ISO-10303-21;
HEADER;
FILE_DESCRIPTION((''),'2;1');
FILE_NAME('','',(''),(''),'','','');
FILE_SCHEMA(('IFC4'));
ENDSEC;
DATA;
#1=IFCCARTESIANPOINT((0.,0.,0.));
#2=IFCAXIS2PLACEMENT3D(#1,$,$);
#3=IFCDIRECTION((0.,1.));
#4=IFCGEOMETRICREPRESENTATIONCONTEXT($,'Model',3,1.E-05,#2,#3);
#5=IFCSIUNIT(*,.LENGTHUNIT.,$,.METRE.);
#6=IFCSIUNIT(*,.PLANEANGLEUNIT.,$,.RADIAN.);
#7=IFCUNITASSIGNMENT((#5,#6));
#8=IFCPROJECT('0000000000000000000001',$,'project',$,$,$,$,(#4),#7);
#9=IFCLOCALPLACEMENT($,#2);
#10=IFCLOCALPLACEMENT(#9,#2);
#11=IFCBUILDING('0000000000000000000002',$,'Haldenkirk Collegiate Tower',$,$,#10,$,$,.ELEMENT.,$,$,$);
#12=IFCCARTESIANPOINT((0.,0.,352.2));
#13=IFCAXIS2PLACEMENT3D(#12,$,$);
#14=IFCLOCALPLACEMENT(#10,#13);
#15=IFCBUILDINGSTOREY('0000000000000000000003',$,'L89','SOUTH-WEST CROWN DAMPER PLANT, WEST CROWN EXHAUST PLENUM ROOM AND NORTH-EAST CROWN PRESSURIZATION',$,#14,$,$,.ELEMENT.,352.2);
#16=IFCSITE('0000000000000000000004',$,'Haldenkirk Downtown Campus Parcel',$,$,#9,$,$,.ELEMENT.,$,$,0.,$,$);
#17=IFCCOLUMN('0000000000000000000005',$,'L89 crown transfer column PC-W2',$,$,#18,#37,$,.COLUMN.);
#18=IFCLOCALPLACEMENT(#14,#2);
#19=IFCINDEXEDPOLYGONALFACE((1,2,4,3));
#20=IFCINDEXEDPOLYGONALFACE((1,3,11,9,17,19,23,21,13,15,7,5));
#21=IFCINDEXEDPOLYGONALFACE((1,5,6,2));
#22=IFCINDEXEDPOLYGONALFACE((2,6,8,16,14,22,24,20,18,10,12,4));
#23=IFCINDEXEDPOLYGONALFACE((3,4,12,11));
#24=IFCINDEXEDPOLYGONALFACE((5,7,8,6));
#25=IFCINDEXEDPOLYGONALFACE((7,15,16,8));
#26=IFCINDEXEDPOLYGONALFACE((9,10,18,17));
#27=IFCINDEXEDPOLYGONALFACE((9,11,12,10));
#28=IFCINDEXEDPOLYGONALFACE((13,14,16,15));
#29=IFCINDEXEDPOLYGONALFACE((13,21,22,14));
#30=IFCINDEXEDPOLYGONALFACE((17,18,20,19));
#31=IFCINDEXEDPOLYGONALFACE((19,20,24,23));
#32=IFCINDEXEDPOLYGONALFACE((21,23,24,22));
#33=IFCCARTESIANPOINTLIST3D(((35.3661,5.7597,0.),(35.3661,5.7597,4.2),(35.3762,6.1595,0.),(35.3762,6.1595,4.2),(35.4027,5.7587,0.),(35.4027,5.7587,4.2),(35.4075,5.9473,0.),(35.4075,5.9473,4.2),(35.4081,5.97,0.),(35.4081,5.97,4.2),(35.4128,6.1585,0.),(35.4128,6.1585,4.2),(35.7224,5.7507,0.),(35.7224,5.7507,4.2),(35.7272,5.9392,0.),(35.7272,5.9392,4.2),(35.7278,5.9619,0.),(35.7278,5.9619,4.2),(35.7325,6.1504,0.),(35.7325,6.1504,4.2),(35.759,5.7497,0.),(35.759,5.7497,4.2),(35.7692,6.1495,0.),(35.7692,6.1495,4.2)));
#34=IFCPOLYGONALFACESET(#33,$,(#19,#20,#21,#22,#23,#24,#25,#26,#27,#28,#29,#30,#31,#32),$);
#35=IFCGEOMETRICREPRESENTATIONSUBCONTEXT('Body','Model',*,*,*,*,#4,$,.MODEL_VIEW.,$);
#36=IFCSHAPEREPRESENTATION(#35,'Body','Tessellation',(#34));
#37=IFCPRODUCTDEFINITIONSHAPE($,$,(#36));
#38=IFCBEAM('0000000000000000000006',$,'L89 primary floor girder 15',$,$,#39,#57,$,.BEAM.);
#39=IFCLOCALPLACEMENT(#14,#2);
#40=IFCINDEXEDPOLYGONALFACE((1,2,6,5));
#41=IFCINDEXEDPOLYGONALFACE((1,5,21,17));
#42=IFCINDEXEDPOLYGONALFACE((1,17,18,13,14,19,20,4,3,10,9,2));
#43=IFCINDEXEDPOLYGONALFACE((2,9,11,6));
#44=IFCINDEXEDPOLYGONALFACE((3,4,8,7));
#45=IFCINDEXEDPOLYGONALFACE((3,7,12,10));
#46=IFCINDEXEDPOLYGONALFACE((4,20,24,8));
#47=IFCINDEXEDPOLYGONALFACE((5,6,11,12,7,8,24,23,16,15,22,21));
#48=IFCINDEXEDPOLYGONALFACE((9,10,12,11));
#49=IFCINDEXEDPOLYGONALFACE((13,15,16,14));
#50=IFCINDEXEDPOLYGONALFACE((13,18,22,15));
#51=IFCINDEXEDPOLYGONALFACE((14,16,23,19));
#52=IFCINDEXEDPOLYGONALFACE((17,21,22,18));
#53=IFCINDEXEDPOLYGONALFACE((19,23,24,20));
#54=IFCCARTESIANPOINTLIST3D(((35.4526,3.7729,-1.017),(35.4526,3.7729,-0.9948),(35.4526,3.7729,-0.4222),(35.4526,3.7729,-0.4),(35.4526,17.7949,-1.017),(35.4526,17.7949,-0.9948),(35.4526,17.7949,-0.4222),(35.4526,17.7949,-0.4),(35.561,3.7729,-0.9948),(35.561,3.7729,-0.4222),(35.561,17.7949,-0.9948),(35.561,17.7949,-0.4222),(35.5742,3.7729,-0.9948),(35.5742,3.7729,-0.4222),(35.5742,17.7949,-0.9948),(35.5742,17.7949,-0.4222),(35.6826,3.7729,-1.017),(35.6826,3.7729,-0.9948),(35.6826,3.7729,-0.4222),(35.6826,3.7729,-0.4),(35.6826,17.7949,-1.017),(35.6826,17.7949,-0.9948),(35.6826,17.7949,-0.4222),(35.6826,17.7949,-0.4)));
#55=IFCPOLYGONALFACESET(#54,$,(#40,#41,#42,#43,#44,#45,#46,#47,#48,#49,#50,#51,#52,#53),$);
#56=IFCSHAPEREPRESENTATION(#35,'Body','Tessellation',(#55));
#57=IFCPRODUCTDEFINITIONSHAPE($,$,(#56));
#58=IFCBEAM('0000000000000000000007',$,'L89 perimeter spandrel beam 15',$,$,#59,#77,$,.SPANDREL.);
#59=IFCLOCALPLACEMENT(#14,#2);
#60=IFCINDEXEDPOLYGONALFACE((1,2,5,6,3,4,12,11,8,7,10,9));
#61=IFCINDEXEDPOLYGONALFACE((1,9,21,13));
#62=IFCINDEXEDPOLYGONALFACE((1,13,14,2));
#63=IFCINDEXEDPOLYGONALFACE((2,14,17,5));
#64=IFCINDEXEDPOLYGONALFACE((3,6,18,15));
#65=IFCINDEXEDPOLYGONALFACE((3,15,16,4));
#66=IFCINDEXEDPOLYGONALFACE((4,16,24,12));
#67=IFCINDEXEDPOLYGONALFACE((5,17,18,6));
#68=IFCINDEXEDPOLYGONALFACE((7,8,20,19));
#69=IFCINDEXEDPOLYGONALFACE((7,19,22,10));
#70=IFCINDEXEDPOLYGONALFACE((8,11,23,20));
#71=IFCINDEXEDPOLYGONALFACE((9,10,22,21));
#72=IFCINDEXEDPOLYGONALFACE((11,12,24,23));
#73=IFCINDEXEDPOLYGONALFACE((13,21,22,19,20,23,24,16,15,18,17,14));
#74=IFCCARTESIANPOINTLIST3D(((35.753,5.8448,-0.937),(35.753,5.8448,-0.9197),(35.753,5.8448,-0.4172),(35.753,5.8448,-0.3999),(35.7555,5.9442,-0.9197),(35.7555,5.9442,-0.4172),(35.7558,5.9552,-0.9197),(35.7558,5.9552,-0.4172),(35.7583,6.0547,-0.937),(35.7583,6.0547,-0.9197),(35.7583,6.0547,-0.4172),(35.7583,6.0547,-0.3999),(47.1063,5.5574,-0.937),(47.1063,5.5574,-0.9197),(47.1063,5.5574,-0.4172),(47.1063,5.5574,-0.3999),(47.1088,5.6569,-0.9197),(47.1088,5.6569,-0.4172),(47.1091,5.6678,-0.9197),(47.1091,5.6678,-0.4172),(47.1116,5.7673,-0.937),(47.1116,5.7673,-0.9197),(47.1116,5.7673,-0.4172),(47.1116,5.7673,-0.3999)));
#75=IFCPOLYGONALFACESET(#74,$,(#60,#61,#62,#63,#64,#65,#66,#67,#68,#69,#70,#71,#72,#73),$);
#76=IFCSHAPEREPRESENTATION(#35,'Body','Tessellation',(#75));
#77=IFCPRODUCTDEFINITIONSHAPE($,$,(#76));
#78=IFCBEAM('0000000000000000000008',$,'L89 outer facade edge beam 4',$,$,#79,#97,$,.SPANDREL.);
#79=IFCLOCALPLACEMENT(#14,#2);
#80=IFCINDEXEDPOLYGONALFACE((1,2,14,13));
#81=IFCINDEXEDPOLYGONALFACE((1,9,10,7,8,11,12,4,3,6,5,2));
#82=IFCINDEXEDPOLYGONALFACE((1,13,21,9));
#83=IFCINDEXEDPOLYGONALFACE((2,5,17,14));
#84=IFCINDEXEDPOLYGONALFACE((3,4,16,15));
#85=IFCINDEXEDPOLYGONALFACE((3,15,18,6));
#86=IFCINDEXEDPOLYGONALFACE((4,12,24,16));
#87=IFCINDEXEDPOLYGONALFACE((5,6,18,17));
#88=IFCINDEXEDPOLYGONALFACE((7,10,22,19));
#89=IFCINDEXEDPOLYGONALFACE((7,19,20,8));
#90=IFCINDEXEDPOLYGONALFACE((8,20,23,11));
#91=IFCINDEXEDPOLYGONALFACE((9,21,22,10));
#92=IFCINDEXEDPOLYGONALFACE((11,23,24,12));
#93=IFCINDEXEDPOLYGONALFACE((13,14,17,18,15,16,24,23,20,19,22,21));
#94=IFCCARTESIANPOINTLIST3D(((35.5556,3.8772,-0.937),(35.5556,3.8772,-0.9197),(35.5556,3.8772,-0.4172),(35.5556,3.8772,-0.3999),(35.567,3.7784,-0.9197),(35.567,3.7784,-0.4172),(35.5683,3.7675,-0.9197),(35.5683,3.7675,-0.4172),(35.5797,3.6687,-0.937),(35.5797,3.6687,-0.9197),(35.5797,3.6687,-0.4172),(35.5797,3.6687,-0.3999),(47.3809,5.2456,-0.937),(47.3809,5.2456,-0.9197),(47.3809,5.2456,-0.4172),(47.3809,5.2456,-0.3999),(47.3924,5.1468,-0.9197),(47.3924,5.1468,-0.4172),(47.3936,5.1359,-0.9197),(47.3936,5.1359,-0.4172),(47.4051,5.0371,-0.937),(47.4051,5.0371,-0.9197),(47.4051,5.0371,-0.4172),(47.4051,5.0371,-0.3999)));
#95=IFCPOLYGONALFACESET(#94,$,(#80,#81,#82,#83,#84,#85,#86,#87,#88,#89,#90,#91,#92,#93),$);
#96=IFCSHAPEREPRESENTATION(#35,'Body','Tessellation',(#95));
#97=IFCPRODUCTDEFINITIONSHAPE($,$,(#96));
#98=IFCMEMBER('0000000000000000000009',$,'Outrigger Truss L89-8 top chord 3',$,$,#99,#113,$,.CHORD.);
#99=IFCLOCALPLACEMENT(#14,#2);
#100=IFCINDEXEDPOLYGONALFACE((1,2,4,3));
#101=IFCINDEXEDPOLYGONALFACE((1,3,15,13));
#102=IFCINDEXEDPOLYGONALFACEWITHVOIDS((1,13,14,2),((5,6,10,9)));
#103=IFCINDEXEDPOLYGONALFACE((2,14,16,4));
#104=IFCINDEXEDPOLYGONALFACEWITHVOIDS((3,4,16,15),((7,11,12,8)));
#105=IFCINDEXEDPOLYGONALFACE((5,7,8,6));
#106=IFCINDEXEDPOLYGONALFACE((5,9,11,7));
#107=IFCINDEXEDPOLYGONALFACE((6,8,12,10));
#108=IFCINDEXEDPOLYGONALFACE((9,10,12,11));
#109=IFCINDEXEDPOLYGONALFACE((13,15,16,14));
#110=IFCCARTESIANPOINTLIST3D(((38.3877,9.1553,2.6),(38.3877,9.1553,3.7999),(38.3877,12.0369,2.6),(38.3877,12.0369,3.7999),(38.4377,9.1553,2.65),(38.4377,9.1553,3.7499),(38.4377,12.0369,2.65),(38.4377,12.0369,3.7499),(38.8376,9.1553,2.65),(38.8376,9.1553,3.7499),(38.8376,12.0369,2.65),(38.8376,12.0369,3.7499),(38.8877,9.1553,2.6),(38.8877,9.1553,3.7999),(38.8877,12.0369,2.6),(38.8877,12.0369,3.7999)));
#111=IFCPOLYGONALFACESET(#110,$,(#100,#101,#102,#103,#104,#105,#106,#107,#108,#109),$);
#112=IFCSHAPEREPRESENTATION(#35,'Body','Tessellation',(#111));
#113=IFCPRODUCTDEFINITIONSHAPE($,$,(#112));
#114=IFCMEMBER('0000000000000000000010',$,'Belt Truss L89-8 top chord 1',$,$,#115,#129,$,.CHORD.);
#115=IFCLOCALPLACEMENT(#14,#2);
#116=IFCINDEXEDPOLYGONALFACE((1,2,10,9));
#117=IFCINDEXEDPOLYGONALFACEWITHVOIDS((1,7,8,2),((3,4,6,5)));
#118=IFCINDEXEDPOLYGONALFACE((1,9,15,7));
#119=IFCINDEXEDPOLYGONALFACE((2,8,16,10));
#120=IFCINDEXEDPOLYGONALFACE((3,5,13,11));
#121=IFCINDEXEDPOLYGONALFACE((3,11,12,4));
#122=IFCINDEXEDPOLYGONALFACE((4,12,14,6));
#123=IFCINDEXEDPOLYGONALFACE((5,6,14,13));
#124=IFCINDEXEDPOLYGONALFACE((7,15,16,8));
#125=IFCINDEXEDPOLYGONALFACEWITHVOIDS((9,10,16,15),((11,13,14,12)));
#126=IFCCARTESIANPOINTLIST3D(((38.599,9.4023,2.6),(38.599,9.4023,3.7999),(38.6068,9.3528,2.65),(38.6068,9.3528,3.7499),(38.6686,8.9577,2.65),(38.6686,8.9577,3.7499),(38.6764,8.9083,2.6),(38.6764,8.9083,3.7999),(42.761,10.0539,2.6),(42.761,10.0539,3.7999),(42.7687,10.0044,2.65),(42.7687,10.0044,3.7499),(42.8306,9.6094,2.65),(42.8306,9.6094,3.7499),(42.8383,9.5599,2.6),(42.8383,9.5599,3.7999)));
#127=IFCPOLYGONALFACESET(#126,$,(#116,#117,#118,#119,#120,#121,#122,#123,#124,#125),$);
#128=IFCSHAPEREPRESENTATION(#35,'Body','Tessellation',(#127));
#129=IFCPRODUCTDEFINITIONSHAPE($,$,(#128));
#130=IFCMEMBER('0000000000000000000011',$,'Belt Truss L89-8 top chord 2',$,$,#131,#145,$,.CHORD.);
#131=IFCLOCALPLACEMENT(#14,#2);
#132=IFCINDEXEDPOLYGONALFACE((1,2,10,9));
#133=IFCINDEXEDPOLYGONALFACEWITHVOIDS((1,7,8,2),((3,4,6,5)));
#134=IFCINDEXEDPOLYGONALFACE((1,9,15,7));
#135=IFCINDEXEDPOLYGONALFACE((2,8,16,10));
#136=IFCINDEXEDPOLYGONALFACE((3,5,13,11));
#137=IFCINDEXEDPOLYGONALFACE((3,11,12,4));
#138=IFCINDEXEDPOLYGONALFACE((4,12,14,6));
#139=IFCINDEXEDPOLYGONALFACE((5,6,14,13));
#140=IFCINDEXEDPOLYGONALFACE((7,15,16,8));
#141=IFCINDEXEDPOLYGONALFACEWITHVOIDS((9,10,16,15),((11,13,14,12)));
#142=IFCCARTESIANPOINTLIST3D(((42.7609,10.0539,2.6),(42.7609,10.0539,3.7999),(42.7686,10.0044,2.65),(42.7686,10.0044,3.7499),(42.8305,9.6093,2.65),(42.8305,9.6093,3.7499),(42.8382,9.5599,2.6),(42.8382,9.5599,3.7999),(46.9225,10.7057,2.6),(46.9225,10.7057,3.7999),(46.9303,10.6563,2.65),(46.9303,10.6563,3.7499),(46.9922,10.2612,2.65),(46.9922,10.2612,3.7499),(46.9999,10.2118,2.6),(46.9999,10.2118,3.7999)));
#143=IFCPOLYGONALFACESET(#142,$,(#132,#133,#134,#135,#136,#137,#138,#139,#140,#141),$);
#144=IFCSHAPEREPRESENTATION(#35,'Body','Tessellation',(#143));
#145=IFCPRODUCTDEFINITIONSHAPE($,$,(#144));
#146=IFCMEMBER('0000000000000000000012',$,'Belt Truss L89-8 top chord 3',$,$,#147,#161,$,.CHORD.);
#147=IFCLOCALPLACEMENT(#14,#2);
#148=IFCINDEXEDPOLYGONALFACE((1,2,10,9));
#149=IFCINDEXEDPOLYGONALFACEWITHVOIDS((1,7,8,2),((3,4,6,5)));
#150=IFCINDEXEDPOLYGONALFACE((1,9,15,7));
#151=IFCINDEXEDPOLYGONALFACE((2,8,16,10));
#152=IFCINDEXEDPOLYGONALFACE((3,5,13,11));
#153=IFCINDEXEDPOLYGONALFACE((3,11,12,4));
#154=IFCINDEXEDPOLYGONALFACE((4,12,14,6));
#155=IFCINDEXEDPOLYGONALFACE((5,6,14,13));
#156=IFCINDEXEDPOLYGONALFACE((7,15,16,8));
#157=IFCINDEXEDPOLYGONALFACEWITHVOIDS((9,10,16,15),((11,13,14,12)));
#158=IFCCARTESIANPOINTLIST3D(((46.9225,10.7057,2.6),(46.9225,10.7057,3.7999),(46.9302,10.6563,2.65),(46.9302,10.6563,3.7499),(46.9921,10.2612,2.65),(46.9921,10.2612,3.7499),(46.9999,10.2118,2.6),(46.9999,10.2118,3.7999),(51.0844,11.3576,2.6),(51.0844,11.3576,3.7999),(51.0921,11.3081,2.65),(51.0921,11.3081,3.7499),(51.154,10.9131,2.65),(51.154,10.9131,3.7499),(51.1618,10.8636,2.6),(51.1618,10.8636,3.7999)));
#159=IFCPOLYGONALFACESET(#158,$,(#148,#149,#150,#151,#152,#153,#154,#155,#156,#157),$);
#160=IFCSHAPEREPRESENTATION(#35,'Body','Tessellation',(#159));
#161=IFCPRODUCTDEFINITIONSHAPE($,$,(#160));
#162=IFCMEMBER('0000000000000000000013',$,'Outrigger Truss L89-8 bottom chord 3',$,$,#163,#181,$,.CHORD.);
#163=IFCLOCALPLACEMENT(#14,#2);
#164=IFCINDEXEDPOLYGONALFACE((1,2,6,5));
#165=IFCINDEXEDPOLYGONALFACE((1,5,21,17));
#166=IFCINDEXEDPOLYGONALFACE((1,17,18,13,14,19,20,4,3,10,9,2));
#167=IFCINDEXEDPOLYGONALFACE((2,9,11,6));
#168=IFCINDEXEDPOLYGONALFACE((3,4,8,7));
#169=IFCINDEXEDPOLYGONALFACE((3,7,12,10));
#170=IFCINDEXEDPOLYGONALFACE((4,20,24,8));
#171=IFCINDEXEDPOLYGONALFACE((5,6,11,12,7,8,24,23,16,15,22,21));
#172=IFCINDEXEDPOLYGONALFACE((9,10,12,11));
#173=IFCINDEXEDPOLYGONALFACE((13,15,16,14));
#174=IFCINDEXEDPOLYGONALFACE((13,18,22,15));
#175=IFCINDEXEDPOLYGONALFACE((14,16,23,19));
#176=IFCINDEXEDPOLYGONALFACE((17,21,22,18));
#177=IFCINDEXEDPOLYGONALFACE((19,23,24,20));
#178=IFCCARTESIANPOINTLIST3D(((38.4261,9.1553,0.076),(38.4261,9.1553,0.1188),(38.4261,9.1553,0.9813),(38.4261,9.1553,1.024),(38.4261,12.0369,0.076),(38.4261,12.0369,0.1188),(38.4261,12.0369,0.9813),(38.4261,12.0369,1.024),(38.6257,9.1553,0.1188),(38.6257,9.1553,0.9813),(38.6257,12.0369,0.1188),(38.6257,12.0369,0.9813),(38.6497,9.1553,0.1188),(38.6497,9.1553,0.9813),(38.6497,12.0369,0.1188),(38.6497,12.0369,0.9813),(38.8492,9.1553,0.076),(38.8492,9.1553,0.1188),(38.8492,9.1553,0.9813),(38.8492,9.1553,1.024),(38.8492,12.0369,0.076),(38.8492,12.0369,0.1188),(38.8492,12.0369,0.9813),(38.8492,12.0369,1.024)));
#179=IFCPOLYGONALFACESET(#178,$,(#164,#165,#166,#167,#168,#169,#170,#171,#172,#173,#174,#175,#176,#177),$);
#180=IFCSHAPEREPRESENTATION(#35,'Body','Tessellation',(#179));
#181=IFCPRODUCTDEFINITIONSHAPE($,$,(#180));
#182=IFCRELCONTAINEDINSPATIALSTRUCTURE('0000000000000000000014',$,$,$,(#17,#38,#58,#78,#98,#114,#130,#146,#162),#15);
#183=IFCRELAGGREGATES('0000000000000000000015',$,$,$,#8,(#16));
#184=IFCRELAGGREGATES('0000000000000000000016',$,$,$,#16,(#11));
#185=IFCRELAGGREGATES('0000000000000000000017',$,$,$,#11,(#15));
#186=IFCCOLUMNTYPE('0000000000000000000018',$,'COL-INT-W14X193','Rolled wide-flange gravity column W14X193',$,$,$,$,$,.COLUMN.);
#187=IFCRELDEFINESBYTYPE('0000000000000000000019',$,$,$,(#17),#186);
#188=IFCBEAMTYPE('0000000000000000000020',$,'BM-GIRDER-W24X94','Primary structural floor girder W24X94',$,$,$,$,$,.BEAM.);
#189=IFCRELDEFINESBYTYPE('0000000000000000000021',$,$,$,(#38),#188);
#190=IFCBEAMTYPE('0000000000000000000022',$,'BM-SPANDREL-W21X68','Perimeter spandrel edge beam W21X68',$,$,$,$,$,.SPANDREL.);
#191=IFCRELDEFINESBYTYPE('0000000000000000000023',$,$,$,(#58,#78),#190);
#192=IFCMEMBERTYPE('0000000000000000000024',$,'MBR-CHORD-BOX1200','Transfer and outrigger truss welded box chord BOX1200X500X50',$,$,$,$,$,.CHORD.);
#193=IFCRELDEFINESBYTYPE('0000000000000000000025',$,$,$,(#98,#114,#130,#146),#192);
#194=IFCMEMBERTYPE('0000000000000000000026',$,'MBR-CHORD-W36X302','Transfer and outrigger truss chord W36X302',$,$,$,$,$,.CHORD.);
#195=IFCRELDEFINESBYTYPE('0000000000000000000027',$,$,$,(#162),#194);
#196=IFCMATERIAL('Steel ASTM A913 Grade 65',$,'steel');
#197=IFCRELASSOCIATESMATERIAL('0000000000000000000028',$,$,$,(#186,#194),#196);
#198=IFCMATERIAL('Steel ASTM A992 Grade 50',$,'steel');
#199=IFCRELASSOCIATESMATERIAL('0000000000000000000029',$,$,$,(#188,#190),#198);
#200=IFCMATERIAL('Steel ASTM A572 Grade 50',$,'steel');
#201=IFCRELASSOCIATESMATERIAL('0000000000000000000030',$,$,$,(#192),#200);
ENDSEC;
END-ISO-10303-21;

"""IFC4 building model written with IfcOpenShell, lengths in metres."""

from ifc_helpers import new_model, si_unit, direction, frame, origin, origin_2d, place, context, subcontext, project, spatial, hollow_rectangle, i_section, extrude, material, material_profile, profile_set, type_object, element, save


model = new_model("IFC4")

# Units and contexts
model_context = context("Model", 3, precision=1e-05, world=origin(), true_north=direction((0.0, 1.0)))
body_context = subcontext(model_context, "Body", "Model", "MODEL_VIEW")
ifc_project = project(units=[si_unit("LENGTHUNIT", "METRE"), si_unit("PLANEANGLEUNIT", "RADIAN")], contexts=[model_context])

# Site, building, storey
site_placement = place(None, origin())
site = spatial("IfcSite", under=ifc_project, at=site_placement, Name="Haldenkirk Downtown Campus Parcel", CompositionType="ELEMENT", RefElevation=0.0)
building_placement = place(site_placement, origin())
building = spatial("IfcBuilding", under=site, at=building_placement, Name="Haldenkirk Collegiate Tower", CompositionType="ELEMENT")
storey_placement = place(building_placement, frame((0.0, 0.0, 352.2)))
storey = spatial("IfcBuildingStorey", under=building, at=storey_placement, Name="L89", Description="SOUTH-WEST CROWN DAMPER PLANT, WEST CROWN EXHAUST PLENUM ROOM AND NORTH-EAST CROWN PRESSURIZATION", CompositionType="ELEMENT", Elevation=352.2)

# Column
ifc_material_1 = material(Name="Steel ASTM A913 Grade 65", Category="steel")
ifc_material_profile_1 = material_profile(ifc_material_1, i_section(OverallWidth=0.3999, OverallDepth=0.3931, WebThickness=0.0227, FlangeThickness=0.0366, at=origin_2d()), Name="W14X193")
ifc_profile_set_1 = profile_set([ifc_material_profile_1], Name="Steel ASTM A913 Grade 65")
column_type = type_object("IfcColumnType", Name="COL-INT-W14X193", Description="Rolled wide-flange gravity column W14X193", PredefinedType="COLUMN", material=ifc_profile_set_1)
column_placement = place(storey_placement, frame((35.5676, 5.9546, 0.0), z_axis=(0.0, 0.0, 1.0), x_axis=(0.025305, 0.99968, 0.0)))
element("IfcColumn", 1, at=column_placement, inside=storey, type_object=column_type, Name="L89 crown transfer column PC-W2", PredefinedType="COLUMN", context=body_context, shape_type="SweptSolid", body=[
    extrude(i_section(OverallWidth=0.3999, OverallDepth=0.3931, WebThickness=0.0227, FlangeThickness=0.0366, at=origin_2d()), origin(), (0.0, 0.0, 1.0), 4.2),
])

# Beams
ifc_material_2 = material(Name="Steel ASTM A992 Grade 50", Category="steel")
ifc_material_profile_2 = material_profile(ifc_material_2, i_section(OverallWidth=0.23, OverallDepth=0.6169, WebThickness=0.0132, FlangeThickness=0.0222, at=origin_2d()), Name="W24X94")
ifc_profile_set_2 = profile_set([ifc_material_profile_2], Name="Steel ASTM A992 Grade 50")
beam_type_1 = type_object("IfcBeamType", Name="BM-GIRDER-W24X94", Description="Primary structural floor girder W24X94", PredefinedType="BEAM", material=ifc_profile_set_2)
beam_1_placement = place(storey_placement, frame((35.5676, 3.7729, -0.7085), z_axis=(0.0, 1.0, 0.0), x_axis=(-1.0, 0.0, 0.0)))
element("IfcBeam", 2, at=beam_1_placement, inside=storey, type_object=beam_type_1, Name="L89 primary floor girder 15", PredefinedType="BEAM", context=body_context, shape_type="SweptSolid", body=[
    extrude(i_section(OverallWidth=0.23, OverallDepth=0.6169, WebThickness=0.0132, FlangeThickness=0.0222, at=origin_2d()), origin(), (0.0, 0.0, 1.0), 14.022),
])
ifc_material_profile_3 = material_profile(ifc_material_2, i_section(OverallWidth=0.21, OverallDepth=0.5371, WebThickness=0.011, FlangeThickness=0.0173, at=origin_2d()), Name="W21X68")
ifc_profile_set_3 = profile_set([ifc_material_profile_3], Name="Steel ASTM A992 Grade 50")
beam_type_2 = type_object("IfcBeamType", Name="BM-SPANDREL-W21X68", Description="Perimeter spandrel edge beam W21X68", PredefinedType="SPANDREL", material=ifc_profile_set_3)
beam_2_placement = place(storey_placement, frame((35.7556, 5.9497, -0.6685), z_axis=(0.99968, -0.025302, 0.0), x_axis=(0.025302, 0.99968, 0.0)))
element("IfcBeam", 3, at=beam_2_placement, inside=storey, type_object=beam_type_2, Name="L89 perimeter spandrel beam 15", PredefinedType="SPANDREL", context=body_context, shape_type="SweptSolid", body=[
    extrude(i_section(OverallWidth=0.21, OverallDepth=0.5371, WebThickness=0.011, FlangeThickness=0.0173, at=origin_2d()), origin(), (0.0, 0.0, 1.0), 11.3569),
])
beam_3_placement = place(storey_placement, frame((35.5676, 3.7729, -0.6685), z_axis=(0.993371, 0.11495, 0.0), x_axis=(-0.11495, 0.993371, 0.0)))
element("IfcBeam", 4, at=beam_3_placement, inside=storey, type_object=beam_type_2, Name="L89 outer facade edge beam 4", PredefinedType="SPANDREL", context=body_context, shape_type="SweptSolid", body=[
    extrude(i_section(OverallWidth=0.21, OverallDepth=0.5371, WebThickness=0.011, FlangeThickness=0.0173, at=origin_2d()), origin(), (0.0, 0.0, 1.0), 11.9043),
])

# Members
ifc_material_3 = material(Name="Steel ASTM A572 Grade 50", Category="steel")
ifc_material_profile_4 = material_profile(ifc_material_3, hollow_rectangle(XDim=0.5, YDim=1.2, WallThickness=0.05, at=origin_2d()), Name="BOX1200X500X50")
ifc_profile_set_4 = profile_set([ifc_material_profile_4], Name="Steel ASTM A572 Grade 50")
member_type_1 = type_object("IfcMemberType", Name="MBR-CHORD-BOX1200", Description="Transfer and outrigger truss welded box chord BOX1200X500X50", PredefinedType="CHORD", material=ifc_profile_set_4)
member_1_placement = place(storey_placement, frame((38.6377, 12.0369, 3.2), z_axis=(0.0, -1.0, 0.0), x_axis=(1.0, 0.0, 0.0)))
element("IfcMember", 5, at=member_1_placement, inside=storey, type_object=member_type_1, Name="Outrigger Truss L89-8 top chord 3", PredefinedType="CHORD", context=body_context, shape_type="SweptSolid", body=[
    extrude(hollow_rectangle(XDim=0.5, YDim=1.2, WallThickness=0.05, at=origin_2d()), origin(), (0.0, 0.0, 1.0), 2.8816),
])
member_2_placement = place(storey_placement, frame((38.6377, 9.1553, 3.2), z_axis=(0.987964, 0.154683, 0.0), x_axis=(-0.154683, 0.987964, 0.0)))
element("IfcMember", 6, at=member_2_placement, inside=storey, type_object=member_type_1, Name="Belt Truss L89-8 top chord 1", PredefinedType="CHORD", context=body_context, shape_type="SweptSolid", body=[
    extrude(hollow_rectangle(XDim=0.5, YDim=1.2, WallThickness=0.05, at=origin_2d()), origin(), (0.0, 0.0, 1.0), 4.2126),
])
member_3_placement = place(storey_placement, frame((42.7996, 9.8069, 3.2), z_axis=(0.987954, 0.154748, 0.0), x_axis=(-0.154748, 0.987954, 0.0)))
element("IfcMember", 7, at=member_3_placement, inside=storey, type_object=member_type_1, Name="Belt Truss L89-8 top chord 2", PredefinedType="CHORD", context=body_context, shape_type="SweptSolid", body=[
    extrude(hollow_rectangle(XDim=0.5, YDim=1.2, WallThickness=0.05, at=origin_2d()), origin(), (0.0, 0.0, 1.0), 4.2124),
])
member_4_placement = place(storey_placement, frame((46.9612, 10.4587, 3.2), z_axis=(0.987955, 0.154739, 0.0), x_axis=(-0.154739, 0.987955, 0.0)))
element("IfcMember", 8, at=member_4_placement, inside=storey, type_object=member_type_1, Name="Belt Truss L89-8 top chord 3", PredefinedType="CHORD", context=body_context, shape_type="SweptSolid", body=[
    extrude(hollow_rectangle(XDim=0.5, YDim=1.2, WallThickness=0.05, at=origin_2d()), origin(), (0.0, 0.0, 1.0), 4.2126),
])
ifc_material_profile_5 = material_profile(ifc_material_1, i_section(OverallWidth=0.4231, OverallDepth=0.948, WebThickness=0.0239, FlangeThickness=0.0427, at=origin_2d()), Name="W36X302")
ifc_profile_set_5 = profile_set([ifc_material_profile_5], Name="Steel ASTM A913 Grade 65")
member_type_2 = type_object("IfcMemberType", Name="MBR-CHORD-W36X302", Description="Transfer and outrigger truss chord W36X302", PredefinedType="CHORD", material=ifc_profile_set_5)
member_5_placement = place(storey_placement, frame((38.6377, 12.0369, 0.55), z_axis=(0.0, -1.0, 0.0), x_axis=(1.0, 0.0, 0.0)))
element("IfcMember", 9, at=member_5_placement, inside=storey, type_object=member_type_2, Name="Outrigger Truss L89-8 bottom chord 3", PredefinedType="CHORD", context=body_context, shape_type="SweptSolid", body=[
    extrude(i_section(OverallWidth=0.4231, OverallDepth=0.948, WebThickness=0.0239, FlangeThickness=0.0427, at=origin_2d()), origin(), (0.0, 0.0, 1.0), 2.8816),
])

save(model, "model.ifc")
